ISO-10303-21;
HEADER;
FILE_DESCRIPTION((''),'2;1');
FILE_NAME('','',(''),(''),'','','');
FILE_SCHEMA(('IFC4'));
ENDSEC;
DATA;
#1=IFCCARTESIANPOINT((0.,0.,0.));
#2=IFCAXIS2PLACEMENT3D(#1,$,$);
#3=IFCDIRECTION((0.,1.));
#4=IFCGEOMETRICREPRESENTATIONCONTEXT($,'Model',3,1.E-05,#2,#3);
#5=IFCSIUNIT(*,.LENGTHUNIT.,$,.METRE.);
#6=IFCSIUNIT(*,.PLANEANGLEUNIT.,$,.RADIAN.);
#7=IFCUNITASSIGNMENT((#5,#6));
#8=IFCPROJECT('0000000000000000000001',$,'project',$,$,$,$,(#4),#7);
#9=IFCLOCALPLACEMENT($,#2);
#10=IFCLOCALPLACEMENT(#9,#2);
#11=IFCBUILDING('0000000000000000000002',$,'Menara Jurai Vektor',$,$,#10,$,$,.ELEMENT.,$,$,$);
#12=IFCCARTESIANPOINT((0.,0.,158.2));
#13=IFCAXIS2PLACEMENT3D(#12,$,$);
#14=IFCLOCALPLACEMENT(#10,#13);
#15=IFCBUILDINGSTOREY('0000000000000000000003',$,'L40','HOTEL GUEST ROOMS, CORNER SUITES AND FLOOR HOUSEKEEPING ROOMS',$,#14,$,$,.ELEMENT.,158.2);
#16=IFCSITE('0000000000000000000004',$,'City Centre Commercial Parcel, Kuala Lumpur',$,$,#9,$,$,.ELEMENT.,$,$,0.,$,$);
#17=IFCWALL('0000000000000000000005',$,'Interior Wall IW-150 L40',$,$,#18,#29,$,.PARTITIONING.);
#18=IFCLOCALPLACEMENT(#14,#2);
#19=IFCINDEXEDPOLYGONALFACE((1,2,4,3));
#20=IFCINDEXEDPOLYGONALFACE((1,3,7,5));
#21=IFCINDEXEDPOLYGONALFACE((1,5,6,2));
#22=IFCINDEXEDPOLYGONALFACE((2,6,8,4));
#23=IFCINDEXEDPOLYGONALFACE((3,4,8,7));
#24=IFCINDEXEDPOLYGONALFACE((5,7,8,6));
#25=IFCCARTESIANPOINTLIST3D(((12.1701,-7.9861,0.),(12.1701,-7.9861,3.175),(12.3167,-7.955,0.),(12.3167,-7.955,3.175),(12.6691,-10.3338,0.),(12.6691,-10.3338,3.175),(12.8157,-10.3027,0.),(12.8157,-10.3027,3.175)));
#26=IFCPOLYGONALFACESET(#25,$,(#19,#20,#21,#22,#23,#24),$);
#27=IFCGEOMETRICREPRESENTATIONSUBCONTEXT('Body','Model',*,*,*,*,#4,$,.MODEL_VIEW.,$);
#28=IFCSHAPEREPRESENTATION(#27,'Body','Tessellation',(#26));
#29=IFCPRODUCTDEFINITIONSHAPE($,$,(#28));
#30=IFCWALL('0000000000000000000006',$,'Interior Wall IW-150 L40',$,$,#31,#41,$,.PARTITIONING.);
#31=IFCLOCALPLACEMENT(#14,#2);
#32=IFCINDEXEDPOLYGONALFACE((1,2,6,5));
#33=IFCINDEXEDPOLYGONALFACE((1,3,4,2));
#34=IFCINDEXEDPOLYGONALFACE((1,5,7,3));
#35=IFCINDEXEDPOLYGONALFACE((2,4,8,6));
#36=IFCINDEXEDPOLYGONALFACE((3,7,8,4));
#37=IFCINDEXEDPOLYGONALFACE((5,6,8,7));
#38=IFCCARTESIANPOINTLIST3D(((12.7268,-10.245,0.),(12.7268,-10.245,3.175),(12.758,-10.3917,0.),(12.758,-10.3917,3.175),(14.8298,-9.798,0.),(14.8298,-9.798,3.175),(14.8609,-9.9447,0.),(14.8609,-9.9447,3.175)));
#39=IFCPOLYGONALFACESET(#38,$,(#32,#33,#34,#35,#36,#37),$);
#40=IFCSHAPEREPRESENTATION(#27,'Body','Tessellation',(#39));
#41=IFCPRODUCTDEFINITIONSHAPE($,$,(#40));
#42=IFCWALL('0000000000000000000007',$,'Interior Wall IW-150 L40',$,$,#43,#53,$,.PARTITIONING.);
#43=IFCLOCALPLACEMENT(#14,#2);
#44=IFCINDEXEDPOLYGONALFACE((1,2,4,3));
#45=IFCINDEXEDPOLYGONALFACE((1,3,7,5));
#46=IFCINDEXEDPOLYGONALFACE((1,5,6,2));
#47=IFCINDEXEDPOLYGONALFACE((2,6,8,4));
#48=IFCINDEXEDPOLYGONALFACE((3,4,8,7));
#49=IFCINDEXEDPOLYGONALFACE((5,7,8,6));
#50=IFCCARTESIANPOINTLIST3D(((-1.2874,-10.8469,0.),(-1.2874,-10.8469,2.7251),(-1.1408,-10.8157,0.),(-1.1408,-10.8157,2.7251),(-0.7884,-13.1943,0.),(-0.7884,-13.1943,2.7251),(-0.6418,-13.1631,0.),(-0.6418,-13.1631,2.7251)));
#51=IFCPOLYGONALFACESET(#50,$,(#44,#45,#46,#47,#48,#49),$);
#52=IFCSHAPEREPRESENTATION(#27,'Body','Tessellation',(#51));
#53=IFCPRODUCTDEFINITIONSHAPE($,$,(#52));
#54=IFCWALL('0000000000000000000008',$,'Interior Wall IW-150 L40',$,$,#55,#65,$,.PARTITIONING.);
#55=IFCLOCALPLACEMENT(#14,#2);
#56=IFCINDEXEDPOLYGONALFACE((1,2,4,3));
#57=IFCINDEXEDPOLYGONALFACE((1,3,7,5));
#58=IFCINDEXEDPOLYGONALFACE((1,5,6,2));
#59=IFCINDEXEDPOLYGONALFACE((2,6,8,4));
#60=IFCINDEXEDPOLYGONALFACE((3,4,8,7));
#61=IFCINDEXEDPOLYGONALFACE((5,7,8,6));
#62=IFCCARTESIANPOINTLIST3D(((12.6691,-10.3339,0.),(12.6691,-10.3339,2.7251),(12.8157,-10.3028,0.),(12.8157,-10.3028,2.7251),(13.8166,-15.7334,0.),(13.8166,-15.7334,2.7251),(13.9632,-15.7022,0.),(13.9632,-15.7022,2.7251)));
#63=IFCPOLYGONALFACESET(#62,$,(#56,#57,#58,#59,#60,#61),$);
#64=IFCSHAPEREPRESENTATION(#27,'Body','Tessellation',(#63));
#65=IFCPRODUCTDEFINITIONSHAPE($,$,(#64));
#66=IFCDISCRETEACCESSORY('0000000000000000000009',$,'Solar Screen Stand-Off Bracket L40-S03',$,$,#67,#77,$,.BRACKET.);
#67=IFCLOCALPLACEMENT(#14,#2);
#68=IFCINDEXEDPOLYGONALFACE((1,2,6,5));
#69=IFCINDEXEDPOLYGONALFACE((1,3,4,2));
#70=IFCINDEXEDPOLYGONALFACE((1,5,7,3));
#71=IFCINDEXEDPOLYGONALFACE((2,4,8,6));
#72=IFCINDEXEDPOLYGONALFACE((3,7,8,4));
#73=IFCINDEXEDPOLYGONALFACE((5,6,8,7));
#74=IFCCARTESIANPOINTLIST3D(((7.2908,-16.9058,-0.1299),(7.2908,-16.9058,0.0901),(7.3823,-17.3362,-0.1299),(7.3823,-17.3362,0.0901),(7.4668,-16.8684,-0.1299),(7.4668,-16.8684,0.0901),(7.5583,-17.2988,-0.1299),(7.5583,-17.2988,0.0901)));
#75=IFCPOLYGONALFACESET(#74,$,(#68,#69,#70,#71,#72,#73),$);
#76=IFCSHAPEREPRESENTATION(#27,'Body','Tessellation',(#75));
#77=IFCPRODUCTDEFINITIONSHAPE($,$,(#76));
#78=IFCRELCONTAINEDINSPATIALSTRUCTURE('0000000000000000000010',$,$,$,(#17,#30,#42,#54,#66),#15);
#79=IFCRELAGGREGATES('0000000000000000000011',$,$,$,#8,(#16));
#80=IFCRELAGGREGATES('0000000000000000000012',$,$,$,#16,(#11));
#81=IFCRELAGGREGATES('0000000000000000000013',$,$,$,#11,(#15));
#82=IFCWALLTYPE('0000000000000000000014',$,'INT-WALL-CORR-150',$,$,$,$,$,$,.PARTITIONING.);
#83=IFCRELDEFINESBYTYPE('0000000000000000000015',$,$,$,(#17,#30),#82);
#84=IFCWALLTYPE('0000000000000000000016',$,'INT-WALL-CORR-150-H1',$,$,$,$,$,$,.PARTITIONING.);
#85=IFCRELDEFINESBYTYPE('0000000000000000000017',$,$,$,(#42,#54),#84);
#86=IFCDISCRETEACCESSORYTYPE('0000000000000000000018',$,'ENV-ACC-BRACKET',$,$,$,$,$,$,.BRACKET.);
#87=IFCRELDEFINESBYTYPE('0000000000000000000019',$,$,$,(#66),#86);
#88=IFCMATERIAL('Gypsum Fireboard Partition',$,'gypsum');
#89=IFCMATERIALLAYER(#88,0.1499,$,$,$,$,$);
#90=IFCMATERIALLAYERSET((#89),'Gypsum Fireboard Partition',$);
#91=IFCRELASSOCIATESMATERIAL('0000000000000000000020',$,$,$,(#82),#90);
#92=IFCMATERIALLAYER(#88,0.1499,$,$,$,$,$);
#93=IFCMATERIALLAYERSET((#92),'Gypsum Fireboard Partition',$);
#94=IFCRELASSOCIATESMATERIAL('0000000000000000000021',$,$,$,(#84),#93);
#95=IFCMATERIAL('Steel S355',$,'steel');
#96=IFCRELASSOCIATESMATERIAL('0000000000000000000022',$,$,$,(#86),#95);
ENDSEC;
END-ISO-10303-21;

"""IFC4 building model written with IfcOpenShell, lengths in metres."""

from ifc_helpers import new_model, si_unit, direction, frame, frame_2d, origin, origin_2d, place, context, subcontext, project, spatial, rectangle, extrude, material, layer, layer_set, type_object, element, save


model = new_model("IFC4")

# Units and contexts
model_context = context("Model", 3, precision=1e-05, world=origin(), true_north=direction((0.0, 1.0)))
body_context = subcontext(model_context, "Body", "Model", "MODEL_VIEW")
ifc_project = project(units=[si_unit("LENGTHUNIT", "METRE"), si_unit("PLANEANGLEUNIT", "RADIAN")], contexts=[model_context])

# Site, building, storey
site_placement = place(None, origin())
site = spatial("IfcSite", under=ifc_project, at=site_placement, Name="City Centre Commercial Parcel, Kuala Lumpur", CompositionType="ELEMENT", RefElevation=0.0)
building_placement = place(site_placement, origin())
building = spatial("IfcBuilding", under=site, at=building_placement, Name="Menara Jurai Vektor", CompositionType="ELEMENT")
storey_placement = place(building_placement, frame((0.0, 0.0, 158.2)))
storey = spatial("IfcBuildingStorey", under=building, at=storey_placement, Name="L40", Description="HOTEL GUEST ROOMS, CORNER SUITES AND FLOOR HOUSEKEEPING ROOMS", CompositionType="ELEMENT", Elevation=158.2)

# Shared definitions
ifc_material_1 = material(Name="Steel S355", Category="steel")

# Shared definitions
ifc_material_2 = material(Name="Gypsum Fireboard Partition", Category="gypsum")
ifc_layer_1 = layer(ifc_material_2, 0.1499)
ifc_layer_set_1 = layer_set([ifc_layer_1], Name="Gypsum Fireboard Partition")
wall_type_1 = type_object("IfcWallType", Name="INT-WALL-CORR-150", PredefinedType="PARTITIONING", material=ifc_layer_set_1)

# Walls
wall_1_placement = place(storey_placement, frame((12.7424, -10.3184, 0.0), z_axis=(0.0, 0.0, 1.0), x_axis=(-0.207917, 0.978146, 0.0)))
element("IfcWall", 1, at=wall_1_placement, inside=storey, type_object=wall_type_1, Name="Interior Wall IW-150 L40", PredefinedType="PARTITIONING", context=body_context, shape_type="SweptSolid", body=[
    extrude(rectangle(XDim=2.4001, YDim=0.1499, at=frame_2d((1.2002, 0.0))), origin(), (0.0, 0.0, 1.0), 3.175),
])
wall_2_placement = place(storey_placement, frame((12.7424, -10.3184, 0.0), z_axis=(0.0, 0.0, 1.0), x_axis=(0.978147, 0.207916, 0.0)))
element("IfcWall", 2, at=wall_2_placement, inside=storey, type_object=wall_type_1, Name="Interior Wall IW-150 L40", PredefinedType="PARTITIONING", context=body_context, shape_type="SweptSolid", body=[
    extrude(rectangle(XDim=2.1499, YDim=0.1499, at=frame_2d((1.075, 0.0))), origin(), (0.0, 0.0, 1.0), 3.175),
])
ifc_layer_2 = layer(ifc_material_2, 0.1499)
ifc_layer_set_2 = layer_set([ifc_layer_2], Name="Gypsum Fireboard Partition")
wall_type_2 = type_object("IfcWallType", Name="INT-WALL-CORR-150-H1", PredefinedType="PARTITIONING", material=ifc_layer_set_2)
wall_3_placement = place(storey_placement, frame((-0.7151, -13.1787, 0.0), z_axis=(0.0, 0.0, 1.0), x_axis=(-0.207938, 0.978142, 0.0)))
element("IfcWall", 3, at=wall_3_placement, inside=storey, type_object=wall_type_2, Name="Interior Wall IW-150 L40", PredefinedType="PARTITIONING", context=body_context, shape_type="SweptSolid", body=[
    extrude(rectangle(XDim=2.3999, YDim=0.1499, at=frame_2d((1.2, 0.0))), origin(), (0.0, 0.0, 1.0), 2.7251),
])
wall_4_placement = place(storey_placement, frame((13.8899, -15.7178, 0.0), z_axis=(0.0, 0.0, 1.0), x_axis=(-0.207874, 0.978156, 0.0)))
element("IfcWall", 4, at=wall_4_placement, inside=storey, type_object=wall_type_2, Name="Interior Wall IW-150 L40", PredefinedType="PARTITIONING", context=body_context, shape_type="SweptSolid", body=[
    extrude(rectangle(XDim=5.52, YDim=0.1499, at=frame_2d((2.76, 0.0))), origin(), (0.0, 0.0, 1.0), 2.7251),
])

# Discrete accessory
discrete_accessory_type = type_object("IfcDiscreteAccessoryType", Name="ENV-ACC-BRACKET", PredefinedType="BRACKET", material=ifc_material_1)
discrete_accessory_placement = place(storey_placement, frame((7.4246, -17.1023, -0.1299), z_axis=(0.0, 0.0, 1.0), x_axis=(0.978148, 0.207912, 0.0)))
element("IfcDiscreteAccessory", 5, at=discrete_accessory_placement, inside=storey, type_object=discrete_accessory_type, Name="Solar Screen Stand-Off Bracket L40-S03", PredefinedType="BRACKET", context=body_context, shape_type="SweptSolid", body=[
    extrude(rectangle(XDim=0.1799, YDim=0.4399, at=origin_2d()), origin(), (0.0, 0.0, 1.0), 0.22),
])

save(model, "model.ifc")
